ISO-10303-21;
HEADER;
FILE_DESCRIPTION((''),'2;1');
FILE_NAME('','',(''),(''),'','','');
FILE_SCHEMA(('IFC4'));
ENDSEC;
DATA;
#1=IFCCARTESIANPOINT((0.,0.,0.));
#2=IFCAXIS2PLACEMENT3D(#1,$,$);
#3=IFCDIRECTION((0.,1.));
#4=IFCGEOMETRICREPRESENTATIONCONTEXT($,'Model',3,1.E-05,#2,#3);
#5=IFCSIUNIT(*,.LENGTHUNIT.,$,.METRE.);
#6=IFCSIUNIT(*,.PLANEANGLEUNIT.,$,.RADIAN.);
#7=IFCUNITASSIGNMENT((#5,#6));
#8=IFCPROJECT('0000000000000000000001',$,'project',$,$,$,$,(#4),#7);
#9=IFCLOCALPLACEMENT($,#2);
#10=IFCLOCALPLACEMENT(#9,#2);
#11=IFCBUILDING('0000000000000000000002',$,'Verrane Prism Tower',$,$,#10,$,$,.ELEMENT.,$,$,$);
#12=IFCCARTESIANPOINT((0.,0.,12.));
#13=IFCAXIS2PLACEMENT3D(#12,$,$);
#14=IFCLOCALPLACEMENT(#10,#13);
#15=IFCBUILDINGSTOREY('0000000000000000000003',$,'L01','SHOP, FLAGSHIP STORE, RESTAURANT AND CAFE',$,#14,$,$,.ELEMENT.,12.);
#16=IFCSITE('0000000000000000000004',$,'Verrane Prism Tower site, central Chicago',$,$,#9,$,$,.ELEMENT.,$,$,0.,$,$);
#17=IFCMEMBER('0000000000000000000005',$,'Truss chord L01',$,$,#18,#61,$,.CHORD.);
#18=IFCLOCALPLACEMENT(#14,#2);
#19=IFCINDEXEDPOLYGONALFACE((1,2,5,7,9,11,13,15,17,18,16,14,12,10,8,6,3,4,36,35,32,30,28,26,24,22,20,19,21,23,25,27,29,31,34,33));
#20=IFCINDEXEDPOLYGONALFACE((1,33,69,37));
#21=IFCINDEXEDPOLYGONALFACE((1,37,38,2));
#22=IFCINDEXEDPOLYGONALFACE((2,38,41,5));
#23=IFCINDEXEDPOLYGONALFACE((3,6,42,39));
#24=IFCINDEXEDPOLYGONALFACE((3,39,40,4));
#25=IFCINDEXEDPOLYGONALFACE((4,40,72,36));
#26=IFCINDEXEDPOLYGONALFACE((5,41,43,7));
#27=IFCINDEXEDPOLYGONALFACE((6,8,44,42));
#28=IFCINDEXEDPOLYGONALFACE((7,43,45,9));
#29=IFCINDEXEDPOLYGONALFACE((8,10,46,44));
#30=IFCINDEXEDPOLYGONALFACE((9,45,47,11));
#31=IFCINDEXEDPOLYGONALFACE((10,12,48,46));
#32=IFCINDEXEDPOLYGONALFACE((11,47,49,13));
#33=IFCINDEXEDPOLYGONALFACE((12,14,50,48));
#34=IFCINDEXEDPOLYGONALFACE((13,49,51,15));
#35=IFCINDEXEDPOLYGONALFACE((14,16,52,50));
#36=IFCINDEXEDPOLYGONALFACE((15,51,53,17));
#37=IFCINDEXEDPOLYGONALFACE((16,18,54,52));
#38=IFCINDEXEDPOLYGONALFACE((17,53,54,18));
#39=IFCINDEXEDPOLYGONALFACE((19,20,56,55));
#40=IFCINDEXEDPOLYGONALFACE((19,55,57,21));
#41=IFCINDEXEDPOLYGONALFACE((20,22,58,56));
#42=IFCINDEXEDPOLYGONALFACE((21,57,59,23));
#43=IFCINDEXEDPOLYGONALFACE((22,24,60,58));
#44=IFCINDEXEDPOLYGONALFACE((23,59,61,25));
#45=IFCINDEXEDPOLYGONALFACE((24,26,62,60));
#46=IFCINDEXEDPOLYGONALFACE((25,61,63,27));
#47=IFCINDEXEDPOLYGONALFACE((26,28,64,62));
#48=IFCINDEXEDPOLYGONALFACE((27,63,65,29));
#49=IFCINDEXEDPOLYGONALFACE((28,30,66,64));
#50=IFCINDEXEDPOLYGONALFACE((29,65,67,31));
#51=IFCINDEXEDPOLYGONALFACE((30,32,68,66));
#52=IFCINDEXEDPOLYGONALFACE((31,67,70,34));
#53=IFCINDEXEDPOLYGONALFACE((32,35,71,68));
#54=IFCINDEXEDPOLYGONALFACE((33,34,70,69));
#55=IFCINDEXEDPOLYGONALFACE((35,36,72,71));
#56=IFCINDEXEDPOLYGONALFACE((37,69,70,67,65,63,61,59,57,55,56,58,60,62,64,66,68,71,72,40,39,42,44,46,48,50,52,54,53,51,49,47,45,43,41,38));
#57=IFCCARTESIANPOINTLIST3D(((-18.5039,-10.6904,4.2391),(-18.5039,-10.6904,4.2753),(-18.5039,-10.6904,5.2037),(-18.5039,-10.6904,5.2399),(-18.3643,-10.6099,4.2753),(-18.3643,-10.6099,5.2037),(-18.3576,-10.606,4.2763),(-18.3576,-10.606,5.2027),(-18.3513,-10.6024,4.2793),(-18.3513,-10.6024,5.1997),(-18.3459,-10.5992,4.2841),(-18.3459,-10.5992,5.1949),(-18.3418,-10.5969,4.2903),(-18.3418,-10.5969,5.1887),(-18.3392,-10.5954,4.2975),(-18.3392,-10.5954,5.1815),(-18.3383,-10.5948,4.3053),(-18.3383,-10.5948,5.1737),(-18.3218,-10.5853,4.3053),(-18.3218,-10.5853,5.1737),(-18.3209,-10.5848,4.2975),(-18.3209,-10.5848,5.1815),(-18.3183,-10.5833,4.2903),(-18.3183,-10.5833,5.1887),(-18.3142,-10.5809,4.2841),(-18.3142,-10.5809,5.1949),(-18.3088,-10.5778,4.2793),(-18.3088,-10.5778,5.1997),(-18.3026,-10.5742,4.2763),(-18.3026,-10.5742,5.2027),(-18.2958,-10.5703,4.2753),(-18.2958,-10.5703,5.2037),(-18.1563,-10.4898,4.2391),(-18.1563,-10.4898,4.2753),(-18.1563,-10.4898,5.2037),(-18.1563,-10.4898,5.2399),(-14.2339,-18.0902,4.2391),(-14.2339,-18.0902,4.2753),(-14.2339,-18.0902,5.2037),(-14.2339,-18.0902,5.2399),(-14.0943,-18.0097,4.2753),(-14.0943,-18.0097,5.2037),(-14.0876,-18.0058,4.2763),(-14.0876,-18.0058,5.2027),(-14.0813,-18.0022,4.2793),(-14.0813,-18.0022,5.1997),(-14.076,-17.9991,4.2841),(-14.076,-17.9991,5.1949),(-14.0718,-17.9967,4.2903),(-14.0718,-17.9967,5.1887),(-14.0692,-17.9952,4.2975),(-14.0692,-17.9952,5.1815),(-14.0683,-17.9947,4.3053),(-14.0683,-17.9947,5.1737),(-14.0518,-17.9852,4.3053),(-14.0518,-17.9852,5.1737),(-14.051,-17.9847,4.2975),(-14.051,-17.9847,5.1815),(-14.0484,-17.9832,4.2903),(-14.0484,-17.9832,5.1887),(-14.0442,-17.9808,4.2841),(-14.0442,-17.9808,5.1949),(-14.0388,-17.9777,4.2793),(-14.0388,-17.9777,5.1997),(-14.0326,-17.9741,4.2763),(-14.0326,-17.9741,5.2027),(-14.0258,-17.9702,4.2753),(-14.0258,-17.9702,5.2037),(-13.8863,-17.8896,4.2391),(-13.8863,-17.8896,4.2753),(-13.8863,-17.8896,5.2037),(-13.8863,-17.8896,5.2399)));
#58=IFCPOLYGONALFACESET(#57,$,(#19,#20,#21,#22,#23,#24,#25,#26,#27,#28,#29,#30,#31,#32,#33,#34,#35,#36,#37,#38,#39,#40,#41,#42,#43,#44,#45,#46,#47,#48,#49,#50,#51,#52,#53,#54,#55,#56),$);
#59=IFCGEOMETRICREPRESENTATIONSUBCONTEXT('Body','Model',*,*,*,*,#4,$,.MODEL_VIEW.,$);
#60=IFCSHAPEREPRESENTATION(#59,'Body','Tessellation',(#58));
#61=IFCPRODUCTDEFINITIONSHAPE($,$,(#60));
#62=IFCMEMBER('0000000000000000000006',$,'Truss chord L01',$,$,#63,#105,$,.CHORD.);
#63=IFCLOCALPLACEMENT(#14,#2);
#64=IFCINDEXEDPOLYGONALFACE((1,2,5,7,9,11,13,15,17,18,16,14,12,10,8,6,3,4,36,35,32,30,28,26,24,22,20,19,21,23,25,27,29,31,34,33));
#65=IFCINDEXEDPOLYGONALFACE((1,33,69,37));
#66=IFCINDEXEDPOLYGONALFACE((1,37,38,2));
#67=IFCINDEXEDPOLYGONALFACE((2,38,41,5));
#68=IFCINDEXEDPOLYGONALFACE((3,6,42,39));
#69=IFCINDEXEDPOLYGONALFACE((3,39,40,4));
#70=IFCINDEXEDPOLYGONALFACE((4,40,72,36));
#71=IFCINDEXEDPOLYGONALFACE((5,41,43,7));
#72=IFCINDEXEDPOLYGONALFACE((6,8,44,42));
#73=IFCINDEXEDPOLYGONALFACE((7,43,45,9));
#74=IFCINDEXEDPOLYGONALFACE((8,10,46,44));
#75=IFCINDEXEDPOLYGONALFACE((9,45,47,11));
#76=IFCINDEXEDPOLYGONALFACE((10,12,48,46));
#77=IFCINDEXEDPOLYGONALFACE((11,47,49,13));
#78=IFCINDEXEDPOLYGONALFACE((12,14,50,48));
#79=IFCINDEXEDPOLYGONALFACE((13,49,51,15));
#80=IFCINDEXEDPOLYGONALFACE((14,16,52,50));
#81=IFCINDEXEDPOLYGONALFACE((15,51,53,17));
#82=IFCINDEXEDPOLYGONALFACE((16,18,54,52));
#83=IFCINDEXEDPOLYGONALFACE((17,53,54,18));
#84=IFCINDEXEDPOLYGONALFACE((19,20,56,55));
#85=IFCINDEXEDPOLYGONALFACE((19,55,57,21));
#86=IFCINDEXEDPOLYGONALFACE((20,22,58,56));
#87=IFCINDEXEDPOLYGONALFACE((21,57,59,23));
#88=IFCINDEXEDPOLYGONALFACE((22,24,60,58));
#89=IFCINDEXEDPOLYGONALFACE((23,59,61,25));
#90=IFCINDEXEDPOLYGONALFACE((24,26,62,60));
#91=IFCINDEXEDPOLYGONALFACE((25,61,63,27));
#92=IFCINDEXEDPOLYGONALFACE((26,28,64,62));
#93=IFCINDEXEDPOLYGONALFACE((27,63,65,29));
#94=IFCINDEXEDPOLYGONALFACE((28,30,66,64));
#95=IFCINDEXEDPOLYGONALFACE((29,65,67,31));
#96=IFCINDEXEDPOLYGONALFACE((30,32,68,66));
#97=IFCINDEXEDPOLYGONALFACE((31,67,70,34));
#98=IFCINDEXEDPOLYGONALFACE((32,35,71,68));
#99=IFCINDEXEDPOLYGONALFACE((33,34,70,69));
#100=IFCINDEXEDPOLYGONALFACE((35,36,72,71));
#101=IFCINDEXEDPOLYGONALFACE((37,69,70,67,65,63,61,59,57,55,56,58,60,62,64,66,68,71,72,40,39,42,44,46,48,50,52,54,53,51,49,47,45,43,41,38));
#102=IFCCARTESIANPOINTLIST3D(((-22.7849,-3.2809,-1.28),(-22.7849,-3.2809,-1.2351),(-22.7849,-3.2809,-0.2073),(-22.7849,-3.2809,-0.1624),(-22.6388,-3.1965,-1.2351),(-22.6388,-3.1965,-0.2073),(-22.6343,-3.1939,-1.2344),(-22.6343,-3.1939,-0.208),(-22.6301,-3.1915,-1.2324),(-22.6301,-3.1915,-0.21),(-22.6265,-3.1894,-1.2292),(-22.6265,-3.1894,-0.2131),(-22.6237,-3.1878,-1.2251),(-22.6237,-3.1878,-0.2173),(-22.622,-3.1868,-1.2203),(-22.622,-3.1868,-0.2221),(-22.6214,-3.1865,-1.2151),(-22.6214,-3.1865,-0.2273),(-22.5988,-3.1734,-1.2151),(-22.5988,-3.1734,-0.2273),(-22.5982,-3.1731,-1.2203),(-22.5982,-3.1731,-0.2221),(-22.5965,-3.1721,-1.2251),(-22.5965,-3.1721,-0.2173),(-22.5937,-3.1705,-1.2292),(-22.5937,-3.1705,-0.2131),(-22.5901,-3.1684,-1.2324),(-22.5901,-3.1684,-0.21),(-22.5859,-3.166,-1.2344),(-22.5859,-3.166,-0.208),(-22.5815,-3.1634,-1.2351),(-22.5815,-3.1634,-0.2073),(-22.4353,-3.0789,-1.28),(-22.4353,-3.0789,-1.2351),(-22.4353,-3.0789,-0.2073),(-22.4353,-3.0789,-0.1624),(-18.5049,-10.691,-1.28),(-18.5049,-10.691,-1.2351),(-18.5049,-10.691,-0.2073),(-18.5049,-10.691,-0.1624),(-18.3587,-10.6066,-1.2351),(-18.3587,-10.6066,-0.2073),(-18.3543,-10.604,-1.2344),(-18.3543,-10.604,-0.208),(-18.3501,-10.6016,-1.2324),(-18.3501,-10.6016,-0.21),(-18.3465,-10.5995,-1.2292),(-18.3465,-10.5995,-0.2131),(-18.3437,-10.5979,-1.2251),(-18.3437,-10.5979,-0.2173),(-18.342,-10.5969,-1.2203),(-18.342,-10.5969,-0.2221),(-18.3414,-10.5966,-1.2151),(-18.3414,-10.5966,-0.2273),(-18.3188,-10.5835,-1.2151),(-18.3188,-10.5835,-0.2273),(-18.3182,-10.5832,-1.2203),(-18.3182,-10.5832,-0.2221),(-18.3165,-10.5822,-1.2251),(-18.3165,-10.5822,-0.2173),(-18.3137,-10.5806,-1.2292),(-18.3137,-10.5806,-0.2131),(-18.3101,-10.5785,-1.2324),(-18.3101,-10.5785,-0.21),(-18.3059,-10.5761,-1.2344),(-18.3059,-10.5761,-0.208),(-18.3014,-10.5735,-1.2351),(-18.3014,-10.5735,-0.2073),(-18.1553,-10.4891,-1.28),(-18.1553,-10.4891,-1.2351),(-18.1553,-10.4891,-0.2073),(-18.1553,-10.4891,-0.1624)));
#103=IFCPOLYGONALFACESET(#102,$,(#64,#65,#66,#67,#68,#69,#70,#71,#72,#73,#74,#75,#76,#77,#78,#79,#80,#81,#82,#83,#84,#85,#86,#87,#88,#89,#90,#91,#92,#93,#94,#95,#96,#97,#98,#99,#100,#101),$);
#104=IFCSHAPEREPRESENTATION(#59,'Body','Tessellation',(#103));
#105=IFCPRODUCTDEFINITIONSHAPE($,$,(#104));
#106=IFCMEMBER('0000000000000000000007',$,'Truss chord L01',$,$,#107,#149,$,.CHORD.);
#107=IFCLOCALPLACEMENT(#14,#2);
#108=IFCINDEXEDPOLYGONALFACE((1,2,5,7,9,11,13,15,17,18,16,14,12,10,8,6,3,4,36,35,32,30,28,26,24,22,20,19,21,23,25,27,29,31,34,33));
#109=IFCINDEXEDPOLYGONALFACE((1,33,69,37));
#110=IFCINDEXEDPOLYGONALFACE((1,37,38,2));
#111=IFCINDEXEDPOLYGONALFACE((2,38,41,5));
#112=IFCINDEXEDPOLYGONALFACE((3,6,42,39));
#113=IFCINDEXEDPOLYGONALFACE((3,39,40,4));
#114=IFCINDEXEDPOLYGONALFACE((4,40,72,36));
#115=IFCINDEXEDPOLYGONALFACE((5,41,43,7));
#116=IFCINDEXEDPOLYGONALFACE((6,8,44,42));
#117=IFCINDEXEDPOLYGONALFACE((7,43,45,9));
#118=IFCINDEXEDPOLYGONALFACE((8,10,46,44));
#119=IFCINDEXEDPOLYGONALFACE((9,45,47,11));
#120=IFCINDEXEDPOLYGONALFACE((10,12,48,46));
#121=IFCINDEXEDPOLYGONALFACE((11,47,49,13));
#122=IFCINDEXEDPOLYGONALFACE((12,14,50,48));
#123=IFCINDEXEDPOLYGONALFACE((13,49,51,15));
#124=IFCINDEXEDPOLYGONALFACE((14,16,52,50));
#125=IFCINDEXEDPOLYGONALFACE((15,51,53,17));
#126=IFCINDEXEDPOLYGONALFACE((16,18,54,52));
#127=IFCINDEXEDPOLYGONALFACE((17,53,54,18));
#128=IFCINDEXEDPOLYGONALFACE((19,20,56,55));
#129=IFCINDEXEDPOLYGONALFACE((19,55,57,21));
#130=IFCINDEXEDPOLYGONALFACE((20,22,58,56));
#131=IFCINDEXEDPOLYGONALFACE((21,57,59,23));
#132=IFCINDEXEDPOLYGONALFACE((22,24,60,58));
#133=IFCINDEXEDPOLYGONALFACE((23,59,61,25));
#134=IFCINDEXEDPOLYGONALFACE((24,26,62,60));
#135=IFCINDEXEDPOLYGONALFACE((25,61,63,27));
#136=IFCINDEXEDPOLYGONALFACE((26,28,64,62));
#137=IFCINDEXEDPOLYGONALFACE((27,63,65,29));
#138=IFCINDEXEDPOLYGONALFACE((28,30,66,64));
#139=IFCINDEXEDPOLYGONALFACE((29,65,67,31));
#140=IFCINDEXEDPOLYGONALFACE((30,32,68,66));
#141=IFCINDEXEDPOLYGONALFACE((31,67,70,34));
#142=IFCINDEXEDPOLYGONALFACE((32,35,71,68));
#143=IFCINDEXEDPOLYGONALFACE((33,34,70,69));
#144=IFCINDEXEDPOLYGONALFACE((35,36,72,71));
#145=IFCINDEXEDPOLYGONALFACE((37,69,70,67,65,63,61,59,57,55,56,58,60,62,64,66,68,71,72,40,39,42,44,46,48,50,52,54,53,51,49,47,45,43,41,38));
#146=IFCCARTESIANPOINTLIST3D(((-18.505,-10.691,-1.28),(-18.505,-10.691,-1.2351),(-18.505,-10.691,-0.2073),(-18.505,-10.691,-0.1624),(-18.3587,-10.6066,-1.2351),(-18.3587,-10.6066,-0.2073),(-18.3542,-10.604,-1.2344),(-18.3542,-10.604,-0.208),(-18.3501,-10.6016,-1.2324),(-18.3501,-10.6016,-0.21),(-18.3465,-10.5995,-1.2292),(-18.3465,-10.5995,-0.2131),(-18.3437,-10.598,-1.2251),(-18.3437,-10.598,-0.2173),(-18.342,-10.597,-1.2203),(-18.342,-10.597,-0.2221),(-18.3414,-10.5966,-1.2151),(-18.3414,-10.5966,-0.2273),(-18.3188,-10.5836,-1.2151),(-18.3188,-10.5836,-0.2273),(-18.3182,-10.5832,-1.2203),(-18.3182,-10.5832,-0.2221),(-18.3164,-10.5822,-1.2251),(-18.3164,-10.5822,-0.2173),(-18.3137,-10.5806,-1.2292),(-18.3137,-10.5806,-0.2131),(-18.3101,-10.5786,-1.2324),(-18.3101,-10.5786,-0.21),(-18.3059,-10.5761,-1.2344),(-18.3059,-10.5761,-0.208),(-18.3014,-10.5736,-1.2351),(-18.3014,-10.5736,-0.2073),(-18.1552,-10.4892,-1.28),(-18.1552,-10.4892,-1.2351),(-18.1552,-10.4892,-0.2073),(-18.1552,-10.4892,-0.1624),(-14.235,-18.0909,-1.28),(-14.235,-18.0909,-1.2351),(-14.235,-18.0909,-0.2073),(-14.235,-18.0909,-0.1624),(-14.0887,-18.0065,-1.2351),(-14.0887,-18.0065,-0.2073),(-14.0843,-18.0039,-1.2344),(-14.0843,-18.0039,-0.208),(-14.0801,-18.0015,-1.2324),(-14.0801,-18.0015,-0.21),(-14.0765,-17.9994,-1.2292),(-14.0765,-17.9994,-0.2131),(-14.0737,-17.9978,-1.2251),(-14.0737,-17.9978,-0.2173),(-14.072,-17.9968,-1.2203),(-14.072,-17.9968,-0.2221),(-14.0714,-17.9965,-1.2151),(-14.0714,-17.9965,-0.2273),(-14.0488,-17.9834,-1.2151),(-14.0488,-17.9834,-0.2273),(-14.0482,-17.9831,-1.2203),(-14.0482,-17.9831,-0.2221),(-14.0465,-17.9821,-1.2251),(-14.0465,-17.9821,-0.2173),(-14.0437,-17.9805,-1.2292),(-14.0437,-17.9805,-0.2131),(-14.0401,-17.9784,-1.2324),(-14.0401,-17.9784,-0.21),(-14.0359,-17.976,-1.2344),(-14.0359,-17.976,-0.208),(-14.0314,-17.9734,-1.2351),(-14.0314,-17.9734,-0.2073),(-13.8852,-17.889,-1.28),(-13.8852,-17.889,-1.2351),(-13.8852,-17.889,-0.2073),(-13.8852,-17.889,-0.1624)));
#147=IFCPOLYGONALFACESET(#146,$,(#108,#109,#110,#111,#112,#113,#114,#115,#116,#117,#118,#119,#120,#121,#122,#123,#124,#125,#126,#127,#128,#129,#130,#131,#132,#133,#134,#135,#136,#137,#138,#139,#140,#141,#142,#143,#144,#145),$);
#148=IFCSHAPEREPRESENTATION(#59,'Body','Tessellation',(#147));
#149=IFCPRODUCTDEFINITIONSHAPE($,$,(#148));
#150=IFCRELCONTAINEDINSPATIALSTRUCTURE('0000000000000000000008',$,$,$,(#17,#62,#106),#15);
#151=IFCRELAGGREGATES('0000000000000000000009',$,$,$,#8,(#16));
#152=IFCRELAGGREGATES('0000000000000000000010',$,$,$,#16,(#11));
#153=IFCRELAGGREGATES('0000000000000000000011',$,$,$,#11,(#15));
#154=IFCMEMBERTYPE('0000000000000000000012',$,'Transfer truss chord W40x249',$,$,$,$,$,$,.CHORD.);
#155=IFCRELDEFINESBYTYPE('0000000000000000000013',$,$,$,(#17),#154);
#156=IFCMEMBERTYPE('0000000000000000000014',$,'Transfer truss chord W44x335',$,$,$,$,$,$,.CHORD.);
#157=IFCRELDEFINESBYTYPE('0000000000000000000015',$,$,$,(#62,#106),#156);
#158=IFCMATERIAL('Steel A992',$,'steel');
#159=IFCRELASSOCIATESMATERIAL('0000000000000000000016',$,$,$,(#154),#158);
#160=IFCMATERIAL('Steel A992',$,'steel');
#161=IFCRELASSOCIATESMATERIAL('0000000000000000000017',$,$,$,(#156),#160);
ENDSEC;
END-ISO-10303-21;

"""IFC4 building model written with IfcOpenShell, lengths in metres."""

from ifc_helpers import new_model, si_unit, direction, frame, origin, origin_2d, place, context, subcontext, project, spatial, i_section, extrude, material, material_profile, profile_set, type_object, element, save


model = new_model("IFC4")

# Units and contexts
model_context = context("Model", 3, precision=1e-05, world=origin(), true_north=direction((0.0, 1.0)))
body_context = subcontext(model_context, "Body", "Model", "MODEL_VIEW")
ifc_project = project(units=[si_unit("LENGTHUNIT", "METRE"), si_unit("PLANEANGLEUNIT", "RADIAN")], contexts=[model_context])

# Site, building, storey
site_placement = place(None, origin())
site = spatial("IfcSite", under=ifc_project, at=site_placement, Name="Verrane Prism Tower site, central Chicago", CompositionType="ELEMENT", RefElevation=0.0)
building_placement = place(site_placement, origin())
building = spatial("IfcBuilding", under=site, at=building_placement, Name="Verrane Prism Tower", CompositionType="ELEMENT")
storey_placement = place(building_placement, frame((0.0, 0.0, 12.0)))
storey = spatial("IfcBuildingStorey", under=building, at=storey_placement, Name="L01", Description="SHOP, FLAGSHIP STORE, RESTAURANT AND CAFE", CompositionType="ELEMENT", Elevation=12.0)

# Members
ifc_material_1 = material(Name="Steel A992", Category="steel")
ifc_material_profile_1 = material_profile(ifc_material_1, i_section(OverallWidth=0.4014, OverallDepth=1.0007, WebThickness=0.019, FlangeThickness=0.0361, FilletRadius=0.03, at=origin_2d()), Name="W40x249")
ifc_profile_set_1 = profile_set([ifc_material_profile_1], Name="Steel A992")
member_type_1 = type_object("IfcMemberType", Name="Transfer truss chord W40x249", PredefinedType="CHORD", material=ifc_profile_set_1)
member_1_placement = place(storey_placement, frame((-18.3301, -10.5901, 4.7395), z_axis=(0.499797, -0.866143, 0.0), x_axis=(0.866143, 0.499797, 0.0)))
element("IfcMember", 1, at=member_1_placement, inside=storey, type_object=member_type_1, Name="Truss chord L01", PredefinedType="CHORD", context=body_context, shape_type="SweptSolid", body=[
    extrude(i_section(OverallWidth=0.4014, OverallDepth=1.0007, WebThickness=0.019, FlangeThickness=0.0361, FilletRadius=0.03, at=origin_2d()), origin(), (0.0, 0.0, 1.0), 8.5435),
])
ifc_material_2 = material(Name="Steel A992", Category="steel")
ifc_material_profile_2 = material_profile(ifc_material_2, i_section(OverallWidth=0.4038, OverallDepth=1.1177, WebThickness=0.0261, FlangeThickness=0.0449, FilletRadius=0.02, at=origin_2d()), Name="W44x335")
ifc_profile_set_2 = profile_set([ifc_material_profile_2], Name="Steel A992")
member_type_2 = type_object("IfcMemberType", Name="Transfer truss chord W44x335", PredefinedType="CHORD", material=ifc_profile_set_2)
member_2_placement = place(storey_placement, frame((-22.6101, -3.1799, -0.7212), z_axis=(0.500155, -0.865936, 0.0), x_axis=(0.865936, 0.500155, 0.0)))
element("IfcMember", 2, at=member_2_placement, inside=storey, type_object=member_type_2, Name="Truss chord L01", PredefinedType="CHORD", context=body_context, shape_type="SweptSolid", body=[
    extrude(i_section(OverallWidth=0.4038, OverallDepth=1.1177, WebThickness=0.0261, FlangeThickness=0.0449, FilletRadius=0.02, at=origin_2d()), origin(), (0.0, 0.0, 1.0), 8.5574),
])
member_3_placement = place(storey_placement, frame((-18.3301, -10.5901, -0.7212), z_axis=(0.499797, -0.866143, 0.0), x_axis=(0.866143, 0.499797, 0.0)))
element("IfcMember", 3, at=member_3_placement, inside=storey, type_object=member_type_2, Name="Truss chord L01", PredefinedType="CHORD", context=body_context, shape_type="SweptSolid", body=[
    extrude(i_section(OverallWidth=0.4038, OverallDepth=1.1177, WebThickness=0.0261, FlangeThickness=0.0449, FilletRadius=0.02, at=origin_2d()), origin(), (0.0, 0.0, 1.0), 8.5435),
])

save(model, "model.ifc")
